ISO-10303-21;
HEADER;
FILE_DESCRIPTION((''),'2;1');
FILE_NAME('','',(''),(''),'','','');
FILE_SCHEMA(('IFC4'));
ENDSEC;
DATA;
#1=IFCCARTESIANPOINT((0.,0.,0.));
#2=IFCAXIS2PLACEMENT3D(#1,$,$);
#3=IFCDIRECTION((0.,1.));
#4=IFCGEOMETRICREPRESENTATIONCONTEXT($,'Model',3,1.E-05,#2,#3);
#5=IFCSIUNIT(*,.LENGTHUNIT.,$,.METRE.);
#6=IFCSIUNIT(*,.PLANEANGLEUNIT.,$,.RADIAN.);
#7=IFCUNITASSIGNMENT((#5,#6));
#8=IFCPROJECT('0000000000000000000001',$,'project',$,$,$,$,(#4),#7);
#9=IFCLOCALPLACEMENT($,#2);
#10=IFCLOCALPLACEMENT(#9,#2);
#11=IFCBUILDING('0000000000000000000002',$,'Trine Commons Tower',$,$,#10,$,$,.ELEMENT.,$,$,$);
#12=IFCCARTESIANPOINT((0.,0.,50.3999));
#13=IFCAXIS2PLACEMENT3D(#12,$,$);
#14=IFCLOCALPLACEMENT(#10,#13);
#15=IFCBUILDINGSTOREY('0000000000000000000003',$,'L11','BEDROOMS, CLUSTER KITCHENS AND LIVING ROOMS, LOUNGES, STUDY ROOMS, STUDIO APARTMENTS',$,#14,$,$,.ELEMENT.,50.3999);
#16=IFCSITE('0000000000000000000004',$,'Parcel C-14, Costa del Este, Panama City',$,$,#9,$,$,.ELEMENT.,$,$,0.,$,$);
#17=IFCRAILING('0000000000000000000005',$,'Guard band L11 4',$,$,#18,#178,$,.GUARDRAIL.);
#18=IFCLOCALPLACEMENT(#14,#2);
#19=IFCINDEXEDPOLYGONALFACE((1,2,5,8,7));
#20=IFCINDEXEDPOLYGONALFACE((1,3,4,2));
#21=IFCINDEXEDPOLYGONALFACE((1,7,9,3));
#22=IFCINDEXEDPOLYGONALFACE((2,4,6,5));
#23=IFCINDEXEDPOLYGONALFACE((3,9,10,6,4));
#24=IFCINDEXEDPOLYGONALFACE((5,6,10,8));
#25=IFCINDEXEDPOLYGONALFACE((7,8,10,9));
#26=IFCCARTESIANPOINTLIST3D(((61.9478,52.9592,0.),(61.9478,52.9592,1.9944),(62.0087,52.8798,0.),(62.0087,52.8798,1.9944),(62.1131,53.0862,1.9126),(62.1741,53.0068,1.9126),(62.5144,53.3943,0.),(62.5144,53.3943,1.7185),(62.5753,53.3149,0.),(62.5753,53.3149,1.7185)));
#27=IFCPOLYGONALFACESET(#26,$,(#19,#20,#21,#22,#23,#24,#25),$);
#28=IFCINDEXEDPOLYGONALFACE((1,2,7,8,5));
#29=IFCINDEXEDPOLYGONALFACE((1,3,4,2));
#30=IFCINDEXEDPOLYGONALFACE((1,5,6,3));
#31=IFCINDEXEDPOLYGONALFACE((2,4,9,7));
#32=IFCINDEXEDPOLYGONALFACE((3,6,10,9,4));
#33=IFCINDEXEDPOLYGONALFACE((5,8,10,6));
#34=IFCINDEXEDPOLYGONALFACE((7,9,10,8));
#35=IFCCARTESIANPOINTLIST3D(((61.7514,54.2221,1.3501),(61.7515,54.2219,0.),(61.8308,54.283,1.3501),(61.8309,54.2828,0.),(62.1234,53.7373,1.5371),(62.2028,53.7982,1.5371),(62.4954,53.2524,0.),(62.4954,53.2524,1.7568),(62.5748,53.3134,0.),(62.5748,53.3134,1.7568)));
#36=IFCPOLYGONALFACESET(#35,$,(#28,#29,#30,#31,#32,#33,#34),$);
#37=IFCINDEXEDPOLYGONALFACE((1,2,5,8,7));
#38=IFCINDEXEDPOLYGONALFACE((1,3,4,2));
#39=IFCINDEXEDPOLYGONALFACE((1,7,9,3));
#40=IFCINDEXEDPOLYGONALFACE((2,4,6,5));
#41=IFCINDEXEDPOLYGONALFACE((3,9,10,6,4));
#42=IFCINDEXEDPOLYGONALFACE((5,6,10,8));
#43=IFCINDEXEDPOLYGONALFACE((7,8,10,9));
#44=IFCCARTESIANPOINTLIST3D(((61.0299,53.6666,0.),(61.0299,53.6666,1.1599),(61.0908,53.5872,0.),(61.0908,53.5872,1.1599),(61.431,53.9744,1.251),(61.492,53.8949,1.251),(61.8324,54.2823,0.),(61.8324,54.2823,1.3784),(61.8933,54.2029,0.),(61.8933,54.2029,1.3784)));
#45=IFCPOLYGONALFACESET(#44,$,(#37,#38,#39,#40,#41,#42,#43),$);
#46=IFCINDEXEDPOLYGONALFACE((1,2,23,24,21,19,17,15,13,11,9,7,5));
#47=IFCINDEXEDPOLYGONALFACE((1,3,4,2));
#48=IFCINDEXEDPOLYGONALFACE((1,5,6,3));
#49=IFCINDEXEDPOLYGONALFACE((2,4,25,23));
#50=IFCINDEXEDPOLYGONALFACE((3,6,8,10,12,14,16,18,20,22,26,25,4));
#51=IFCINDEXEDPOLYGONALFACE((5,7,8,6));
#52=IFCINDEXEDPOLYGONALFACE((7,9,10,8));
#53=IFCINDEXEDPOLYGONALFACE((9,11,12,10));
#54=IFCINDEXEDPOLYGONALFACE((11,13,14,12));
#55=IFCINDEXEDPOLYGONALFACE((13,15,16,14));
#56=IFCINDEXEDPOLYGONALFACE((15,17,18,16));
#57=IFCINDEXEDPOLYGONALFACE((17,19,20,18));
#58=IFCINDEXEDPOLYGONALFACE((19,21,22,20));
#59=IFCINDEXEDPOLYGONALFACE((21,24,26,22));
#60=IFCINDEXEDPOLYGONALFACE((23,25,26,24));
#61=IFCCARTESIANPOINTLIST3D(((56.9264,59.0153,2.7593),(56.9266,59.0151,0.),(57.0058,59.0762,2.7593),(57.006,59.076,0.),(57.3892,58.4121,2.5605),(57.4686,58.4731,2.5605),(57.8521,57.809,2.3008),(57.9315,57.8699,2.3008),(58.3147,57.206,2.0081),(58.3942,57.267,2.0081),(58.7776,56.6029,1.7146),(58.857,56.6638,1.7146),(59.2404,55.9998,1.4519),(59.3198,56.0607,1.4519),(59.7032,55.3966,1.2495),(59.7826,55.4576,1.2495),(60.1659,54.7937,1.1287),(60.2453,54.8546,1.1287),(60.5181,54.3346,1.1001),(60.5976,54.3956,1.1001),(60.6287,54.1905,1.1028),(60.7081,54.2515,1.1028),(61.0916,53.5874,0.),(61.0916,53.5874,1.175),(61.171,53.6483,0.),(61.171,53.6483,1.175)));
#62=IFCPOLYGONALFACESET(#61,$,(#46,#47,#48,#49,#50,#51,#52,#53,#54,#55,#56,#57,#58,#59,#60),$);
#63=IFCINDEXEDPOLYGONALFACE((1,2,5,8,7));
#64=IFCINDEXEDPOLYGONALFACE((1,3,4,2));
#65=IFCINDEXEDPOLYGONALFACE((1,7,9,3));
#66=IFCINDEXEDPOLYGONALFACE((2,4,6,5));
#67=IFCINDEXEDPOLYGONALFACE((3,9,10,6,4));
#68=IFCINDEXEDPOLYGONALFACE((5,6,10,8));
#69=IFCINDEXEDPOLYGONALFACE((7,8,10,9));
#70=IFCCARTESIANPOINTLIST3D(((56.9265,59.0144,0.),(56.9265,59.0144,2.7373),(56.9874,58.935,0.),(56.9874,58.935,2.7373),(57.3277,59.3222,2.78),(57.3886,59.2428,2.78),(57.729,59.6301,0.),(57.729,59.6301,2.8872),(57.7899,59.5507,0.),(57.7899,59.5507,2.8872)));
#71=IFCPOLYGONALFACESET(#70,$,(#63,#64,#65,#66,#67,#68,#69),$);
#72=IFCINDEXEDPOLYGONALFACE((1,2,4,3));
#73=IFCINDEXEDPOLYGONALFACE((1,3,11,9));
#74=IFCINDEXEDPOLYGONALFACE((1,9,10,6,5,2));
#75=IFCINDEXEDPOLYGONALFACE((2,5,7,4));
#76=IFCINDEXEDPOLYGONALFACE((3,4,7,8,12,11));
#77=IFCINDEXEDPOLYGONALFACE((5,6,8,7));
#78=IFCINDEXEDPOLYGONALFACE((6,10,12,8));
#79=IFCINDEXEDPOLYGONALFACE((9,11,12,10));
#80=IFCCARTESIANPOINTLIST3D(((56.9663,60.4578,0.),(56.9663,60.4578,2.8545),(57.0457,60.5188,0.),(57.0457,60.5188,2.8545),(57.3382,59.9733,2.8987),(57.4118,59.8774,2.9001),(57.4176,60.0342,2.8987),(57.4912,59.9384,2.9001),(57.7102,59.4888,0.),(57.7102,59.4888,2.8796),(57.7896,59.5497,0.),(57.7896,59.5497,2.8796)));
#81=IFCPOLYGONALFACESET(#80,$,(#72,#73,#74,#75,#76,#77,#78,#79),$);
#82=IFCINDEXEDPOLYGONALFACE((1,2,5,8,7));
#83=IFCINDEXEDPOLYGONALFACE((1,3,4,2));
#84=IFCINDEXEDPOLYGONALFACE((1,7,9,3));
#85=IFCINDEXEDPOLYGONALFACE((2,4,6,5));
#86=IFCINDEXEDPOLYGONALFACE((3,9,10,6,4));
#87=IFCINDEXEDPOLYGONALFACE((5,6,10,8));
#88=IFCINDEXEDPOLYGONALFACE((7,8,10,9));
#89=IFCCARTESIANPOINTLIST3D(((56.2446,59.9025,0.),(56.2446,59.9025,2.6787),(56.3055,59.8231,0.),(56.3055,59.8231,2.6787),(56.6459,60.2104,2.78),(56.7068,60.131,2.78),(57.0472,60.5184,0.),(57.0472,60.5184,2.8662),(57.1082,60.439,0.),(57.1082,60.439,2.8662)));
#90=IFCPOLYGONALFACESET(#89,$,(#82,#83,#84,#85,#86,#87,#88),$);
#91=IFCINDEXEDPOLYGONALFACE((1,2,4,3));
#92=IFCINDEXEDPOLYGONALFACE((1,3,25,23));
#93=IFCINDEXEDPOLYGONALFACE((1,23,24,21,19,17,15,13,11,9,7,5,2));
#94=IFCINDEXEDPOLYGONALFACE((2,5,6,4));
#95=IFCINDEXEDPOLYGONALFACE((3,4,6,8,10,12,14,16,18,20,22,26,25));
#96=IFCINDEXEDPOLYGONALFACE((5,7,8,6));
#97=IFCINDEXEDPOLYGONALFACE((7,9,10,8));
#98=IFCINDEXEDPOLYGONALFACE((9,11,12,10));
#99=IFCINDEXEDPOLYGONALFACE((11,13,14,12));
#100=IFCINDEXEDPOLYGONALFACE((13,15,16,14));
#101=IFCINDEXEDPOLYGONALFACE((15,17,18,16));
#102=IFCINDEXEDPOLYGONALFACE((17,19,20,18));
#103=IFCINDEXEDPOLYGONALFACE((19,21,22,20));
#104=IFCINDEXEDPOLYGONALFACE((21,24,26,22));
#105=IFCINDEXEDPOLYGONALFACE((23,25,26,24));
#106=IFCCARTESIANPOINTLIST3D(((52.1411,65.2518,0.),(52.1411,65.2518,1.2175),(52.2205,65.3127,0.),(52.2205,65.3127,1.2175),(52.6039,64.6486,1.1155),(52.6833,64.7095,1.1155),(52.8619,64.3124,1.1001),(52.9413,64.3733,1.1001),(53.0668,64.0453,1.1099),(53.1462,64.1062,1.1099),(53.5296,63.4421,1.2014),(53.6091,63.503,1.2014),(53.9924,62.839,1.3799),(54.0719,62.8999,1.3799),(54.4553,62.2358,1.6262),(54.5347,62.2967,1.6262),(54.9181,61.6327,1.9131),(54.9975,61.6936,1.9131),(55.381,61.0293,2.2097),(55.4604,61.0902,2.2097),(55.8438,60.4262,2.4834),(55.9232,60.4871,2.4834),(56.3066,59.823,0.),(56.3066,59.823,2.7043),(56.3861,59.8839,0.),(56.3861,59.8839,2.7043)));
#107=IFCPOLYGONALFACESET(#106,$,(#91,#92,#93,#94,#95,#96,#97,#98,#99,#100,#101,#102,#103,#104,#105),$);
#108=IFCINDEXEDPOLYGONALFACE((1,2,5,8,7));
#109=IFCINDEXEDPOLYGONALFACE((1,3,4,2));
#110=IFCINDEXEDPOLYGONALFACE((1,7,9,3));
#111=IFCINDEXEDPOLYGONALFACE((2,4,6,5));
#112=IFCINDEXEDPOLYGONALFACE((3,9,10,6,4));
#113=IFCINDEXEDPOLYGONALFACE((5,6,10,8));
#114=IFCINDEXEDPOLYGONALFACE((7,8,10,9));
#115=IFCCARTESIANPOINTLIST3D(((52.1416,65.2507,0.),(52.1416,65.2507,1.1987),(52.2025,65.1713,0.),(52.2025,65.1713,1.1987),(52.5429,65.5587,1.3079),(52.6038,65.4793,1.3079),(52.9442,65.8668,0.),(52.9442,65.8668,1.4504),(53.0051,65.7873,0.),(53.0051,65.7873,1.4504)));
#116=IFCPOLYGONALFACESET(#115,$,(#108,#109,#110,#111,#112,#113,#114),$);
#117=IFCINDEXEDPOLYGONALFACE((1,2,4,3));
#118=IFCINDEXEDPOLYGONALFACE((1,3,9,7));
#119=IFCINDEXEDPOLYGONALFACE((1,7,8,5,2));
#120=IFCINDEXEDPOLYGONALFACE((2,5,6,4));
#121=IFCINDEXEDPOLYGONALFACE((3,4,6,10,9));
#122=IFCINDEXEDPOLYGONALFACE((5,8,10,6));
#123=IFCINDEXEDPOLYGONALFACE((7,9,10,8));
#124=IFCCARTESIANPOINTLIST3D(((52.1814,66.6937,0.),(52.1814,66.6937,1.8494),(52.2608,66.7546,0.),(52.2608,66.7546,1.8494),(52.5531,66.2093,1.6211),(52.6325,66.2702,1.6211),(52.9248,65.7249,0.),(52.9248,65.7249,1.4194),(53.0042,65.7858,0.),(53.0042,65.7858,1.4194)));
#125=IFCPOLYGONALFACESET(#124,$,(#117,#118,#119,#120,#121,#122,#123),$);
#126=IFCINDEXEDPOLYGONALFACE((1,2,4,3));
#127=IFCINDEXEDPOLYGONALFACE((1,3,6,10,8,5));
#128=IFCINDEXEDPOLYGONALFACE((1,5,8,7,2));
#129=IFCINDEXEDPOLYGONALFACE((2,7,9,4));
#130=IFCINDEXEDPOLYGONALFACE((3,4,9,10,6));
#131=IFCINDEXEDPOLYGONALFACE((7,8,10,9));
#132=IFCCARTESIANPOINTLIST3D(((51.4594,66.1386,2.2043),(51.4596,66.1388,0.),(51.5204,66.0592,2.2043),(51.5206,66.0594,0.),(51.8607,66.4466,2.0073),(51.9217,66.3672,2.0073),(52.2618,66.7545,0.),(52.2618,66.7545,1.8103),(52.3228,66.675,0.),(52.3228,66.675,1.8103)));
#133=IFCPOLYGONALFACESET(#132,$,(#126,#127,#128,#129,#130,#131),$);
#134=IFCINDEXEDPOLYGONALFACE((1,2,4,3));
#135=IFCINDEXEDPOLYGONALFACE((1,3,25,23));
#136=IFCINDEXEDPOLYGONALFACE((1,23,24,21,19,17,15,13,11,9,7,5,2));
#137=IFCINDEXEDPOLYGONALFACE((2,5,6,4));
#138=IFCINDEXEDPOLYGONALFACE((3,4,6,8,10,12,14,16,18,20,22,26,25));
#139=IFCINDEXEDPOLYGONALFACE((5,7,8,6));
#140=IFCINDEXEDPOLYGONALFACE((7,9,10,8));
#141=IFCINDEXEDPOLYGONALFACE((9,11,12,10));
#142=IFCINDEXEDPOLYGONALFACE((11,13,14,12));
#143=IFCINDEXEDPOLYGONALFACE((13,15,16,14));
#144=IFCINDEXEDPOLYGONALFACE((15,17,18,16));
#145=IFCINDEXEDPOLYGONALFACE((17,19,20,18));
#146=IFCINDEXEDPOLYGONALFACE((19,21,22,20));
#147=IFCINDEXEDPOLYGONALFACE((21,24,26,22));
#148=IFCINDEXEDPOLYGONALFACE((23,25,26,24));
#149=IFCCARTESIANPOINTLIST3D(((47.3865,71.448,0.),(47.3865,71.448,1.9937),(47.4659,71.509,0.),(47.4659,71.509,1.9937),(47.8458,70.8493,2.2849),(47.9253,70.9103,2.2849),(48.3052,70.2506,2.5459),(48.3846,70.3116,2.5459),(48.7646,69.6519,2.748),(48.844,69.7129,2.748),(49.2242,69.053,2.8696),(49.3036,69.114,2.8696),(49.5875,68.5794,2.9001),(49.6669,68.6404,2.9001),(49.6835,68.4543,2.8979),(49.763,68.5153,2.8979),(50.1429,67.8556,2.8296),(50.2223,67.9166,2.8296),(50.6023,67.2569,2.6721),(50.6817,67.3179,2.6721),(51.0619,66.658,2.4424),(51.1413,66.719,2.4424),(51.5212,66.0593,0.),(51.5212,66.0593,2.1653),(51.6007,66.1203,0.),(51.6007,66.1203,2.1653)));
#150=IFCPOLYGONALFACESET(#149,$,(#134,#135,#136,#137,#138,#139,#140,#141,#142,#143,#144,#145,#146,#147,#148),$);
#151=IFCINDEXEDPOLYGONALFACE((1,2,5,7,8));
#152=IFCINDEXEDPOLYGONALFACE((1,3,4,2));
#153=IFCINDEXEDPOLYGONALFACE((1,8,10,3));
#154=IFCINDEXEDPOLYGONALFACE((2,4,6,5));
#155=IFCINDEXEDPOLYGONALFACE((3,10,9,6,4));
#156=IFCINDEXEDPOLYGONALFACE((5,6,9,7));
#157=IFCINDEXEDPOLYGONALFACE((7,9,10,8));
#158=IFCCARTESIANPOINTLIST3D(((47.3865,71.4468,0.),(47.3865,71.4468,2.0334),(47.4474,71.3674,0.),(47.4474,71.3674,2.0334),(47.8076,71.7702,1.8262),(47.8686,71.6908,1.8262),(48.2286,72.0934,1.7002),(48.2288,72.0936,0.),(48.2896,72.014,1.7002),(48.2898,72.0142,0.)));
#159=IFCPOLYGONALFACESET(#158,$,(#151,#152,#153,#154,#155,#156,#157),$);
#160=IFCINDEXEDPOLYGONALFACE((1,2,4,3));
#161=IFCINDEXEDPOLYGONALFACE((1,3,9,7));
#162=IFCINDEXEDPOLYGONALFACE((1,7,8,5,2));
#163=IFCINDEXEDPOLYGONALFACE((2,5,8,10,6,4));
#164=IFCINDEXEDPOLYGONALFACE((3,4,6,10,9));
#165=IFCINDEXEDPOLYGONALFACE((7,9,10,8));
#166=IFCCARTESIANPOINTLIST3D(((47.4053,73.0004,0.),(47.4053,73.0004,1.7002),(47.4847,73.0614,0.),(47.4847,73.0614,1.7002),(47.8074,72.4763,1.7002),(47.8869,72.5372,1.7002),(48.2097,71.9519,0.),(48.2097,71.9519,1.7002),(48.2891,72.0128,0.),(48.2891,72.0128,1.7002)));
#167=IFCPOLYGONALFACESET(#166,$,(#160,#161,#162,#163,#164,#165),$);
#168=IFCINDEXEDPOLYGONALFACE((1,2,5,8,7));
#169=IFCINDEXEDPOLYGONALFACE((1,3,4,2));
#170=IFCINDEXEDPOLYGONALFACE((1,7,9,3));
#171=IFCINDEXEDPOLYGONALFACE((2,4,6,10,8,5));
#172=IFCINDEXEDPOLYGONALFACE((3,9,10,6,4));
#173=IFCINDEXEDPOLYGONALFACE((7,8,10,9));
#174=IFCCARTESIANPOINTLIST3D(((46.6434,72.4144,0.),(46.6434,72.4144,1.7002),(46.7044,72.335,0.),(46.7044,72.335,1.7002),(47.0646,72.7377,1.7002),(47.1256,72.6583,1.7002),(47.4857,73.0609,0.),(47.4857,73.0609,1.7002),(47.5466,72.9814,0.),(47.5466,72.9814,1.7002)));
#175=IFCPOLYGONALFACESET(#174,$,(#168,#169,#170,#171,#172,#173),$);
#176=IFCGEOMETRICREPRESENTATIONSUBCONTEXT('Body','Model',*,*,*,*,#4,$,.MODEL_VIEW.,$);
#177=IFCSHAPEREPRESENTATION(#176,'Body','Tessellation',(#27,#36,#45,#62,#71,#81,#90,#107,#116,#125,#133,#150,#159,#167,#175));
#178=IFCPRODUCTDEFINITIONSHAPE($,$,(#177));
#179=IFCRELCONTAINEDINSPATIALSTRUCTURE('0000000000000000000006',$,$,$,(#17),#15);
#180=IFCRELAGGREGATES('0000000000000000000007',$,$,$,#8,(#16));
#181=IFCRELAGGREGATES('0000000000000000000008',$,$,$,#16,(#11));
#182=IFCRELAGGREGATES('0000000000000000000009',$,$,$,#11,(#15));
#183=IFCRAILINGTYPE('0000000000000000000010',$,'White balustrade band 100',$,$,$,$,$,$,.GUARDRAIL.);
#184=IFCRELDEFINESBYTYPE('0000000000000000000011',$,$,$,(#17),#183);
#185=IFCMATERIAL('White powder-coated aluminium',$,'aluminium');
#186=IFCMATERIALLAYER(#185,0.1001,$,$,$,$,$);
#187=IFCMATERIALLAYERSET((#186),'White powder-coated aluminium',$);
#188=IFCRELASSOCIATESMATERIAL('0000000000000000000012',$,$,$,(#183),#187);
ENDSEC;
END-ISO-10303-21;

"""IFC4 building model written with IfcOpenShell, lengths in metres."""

from ifc_helpers import new_model, si_unit, direction, frame, origin, place, context, subcontext, project, spatial, polyline, outline, extrude, material, layer, layer_set, type_object, element, save


model = new_model("IFC4")

# Units and contexts
model_context = context("Model", 3, precision=1e-05, world=origin(), true_north=direction((0.0, 1.0)))
body_context = subcontext(model_context, "Body", "Model", "MODEL_VIEW")
ifc_project = project(units=[si_unit("LENGTHUNIT", "METRE"), si_unit("PLANEANGLEUNIT", "RADIAN")], contexts=[model_context])

# Site, building, storey
site_placement = place(None, origin())
site = spatial("IfcSite", under=ifc_project, at=site_placement, Name="Parcel C-14, Costa del Este, Panama City", CompositionType="ELEMENT", RefElevation=0.0)
building_placement = place(site_placement, origin())
building = spatial("IfcBuilding", under=site, at=building_placement, Name="Trine Commons Tower", CompositionType="ELEMENT")
storey_placement = place(building_placement, frame((0.0, 0.0, 50.3999)))
storey = spatial("IfcBuildingStorey", under=building, at=storey_placement, Name="L11", Description="BEDROOMS, CLUSTER KITCHENS AND LIVING ROOMS, LOUNGES, STUDY ROOMS, STUDIO APARTMENTS", CompositionType="ELEMENT", Elevation=50.3999)

# Railing
ifc_material_1 = material(Name="White powder-coated aluminium", Category="aluminium")
ifc_layer_1 = layer(ifc_material_1, 0.1001)
ifc_layer_set_1 = layer_set([ifc_layer_1], Name="White powder-coated aluminium")
railing_type = type_object("IfcRailingType", Name="White balustrade band 100", PredefinedType="GUARDRAIL", material=ifc_layer_set_1)
railing_1_placement = place(storey_placement, origin())
element("IfcRailing", 1, at=railing_1_placement, inside=storey, type_object=railing_type, Name="Guard band L11 4", PredefinedType="GUARDRAIL", context=body_context, shape_type="SweptSolid", body=[
    extrude(outline(polyline([(0.0, 0.0), (0.7144, 0.0), (0.7144, 1.7185), (0.7144, 1.7185), (0.2085, 1.9126), (0.0, 1.9944), (0.0, 0.0)])), frame((61.9478, 52.9592, 0.0), z_axis=(0.608984, -0.793183, 0.0), x_axis=(0.793183, 0.608984, 0.0)), (0.0, 0.0, 1.0), 0.1001),
    extrude(outline(polyline([(0.0, 0.0), (1.2219, 0.0), (1.2222, 1.3501), (0.6111, 1.5371), (0.0, 1.7568), (0.0, 0.0)])), frame((62.4954, 53.2524, 0.0), z_axis=(0.793359, 0.608754, 0.0), x_axis=(-0.608754, 0.793359, 0.0)), (0.0, 0.0, 1.0), 0.1001),
    extrude(outline(polyline([(0.0, 0.0), (1.0115, 0.0), (1.0115, 1.1599), (0.5059, 1.251), (0.0, 1.3784), (0.0, 0.0)])), frame((61.8933, 54.2029, 0.0), z_axis=(-0.60873, 0.793377, 0.0), x_axis=(-0.793377, -0.60873, 0.0)), (0.0, 0.0, 1.0), 0.1001),
    extrude(outline(polyline([(0.0, 0.0), (6.8416, 0.0), (6.8418, 2.7593), (6.0815, 2.5605), (5.3213, 2.3008), (4.5613, 2.0081), (3.801, 1.7146), (3.0408, 1.4519), (2.2805, 1.2495), (1.5205, 1.1287), (0.9419, 1.1001), (0.7603, 1.1028), (0.0, 1.175), (0.0, 0.0)])), frame((61.0916, 53.5874, 0.0), z_axis=(0.79334, 0.608779, 0.0), x_axis=(-0.608779, 0.79334, 0.0)), (0.0, 0.0, 1.0), 0.1001),
    extrude(outline(polyline([(0.0, 0.0), (1.0115, 0.0), (1.0115, 2.8872), (0.5056, 2.78), (0.0, 2.7373), (0.0, 0.0)])), frame((56.9265, 59.0144, 0.0), z_axis=(0.60873, -0.793377, 0.0), x_axis=(0.793377, 0.60873, 0.0)), (0.0, 0.0, 1.0), 0.1001),
    extrude(outline(polyline([(0.0, 0.0), (1.2217, 0.0), (1.2217, 2.8545), (0.6108, 2.8987), (0.49, 2.9001), (0.0, 2.8796), (0.0, 0.0)])), frame((57.7102, 59.4888, 0.0), z_axis=(0.793211, 0.608947, 0.0), x_axis=(-0.608947, 0.793211, 0.0)), (0.0, 0.0, 1.0), 0.1001),
    extrude(outline(polyline([(0.0, 0.0), (1.0117, 0.0), (1.0117, 2.6787), (0.5059, 2.78), (0.0, 2.8662), (0.0, 0.0)])), frame((57.1082, 60.439, 0.0), z_axis=(-0.608766, 0.79335, 0.0), x_axis=(-0.79335, -0.608766, 0.0)), (0.0, 0.0, 1.0), 0.1001),
    extrude(outline(polyline([(0.0, 0.0), (6.8428, 0.0), (6.8428, 1.2175), (6.0825, 1.1155), (5.6587, 1.1001), (5.322, 1.1099), (4.5618, 1.2014), (3.8015, 1.3799), (3.0413, 1.6262), (2.281, 1.9131), (1.5205, 2.2097), (0.7603, 2.4834), (0.0, 2.7043), (0.0, 0.0)])), frame((56.3066, 59.823, 0.0), z_axis=(0.793358, 0.608755, 0.0), x_axis=(-0.608755, 0.793358, 0.0)), (0.0, 0.0, 1.0), 0.1001),
    extrude(outline(polyline([(0.0, 0.0), (1.0117, 0.0), (1.0117, 1.4504), (0.5059, 1.3079), (0.0, 1.1987), (0.0, 0.0)])), frame((52.1416, 65.2507, 0.0), z_axis=(0.608882, -0.793261, 0.0), x_axis=(0.793261, 0.608882, 0.0)), (0.0, 0.0, 1.0), 0.1001),
    extrude(outline(polyline([(0.0, 0.0), (1.2212, 0.0), (1.2212, 1.8494), (0.6106, 1.6211), (0.0, 1.4194), (0.0, 0.0)])), frame((52.9248, 65.7249, 0.0), z_axis=(0.79333, 0.608792, 0.0), x_axis=(-0.608792, 0.79333, 0.0)), (0.0, 0.0, 1.0), 0.1001),
    extrude(outline(polyline([(0.0, 0.0), (1.0112, 0.0), (1.0115, 2.2043), (0.5056, 2.0073), (0.0, 1.8103), (0.0, 0.0)])), frame((52.3228, 66.675, 0.0), z_axis=(-0.608847, 0.793288, 0.0), x_axis=(-0.793288, -0.608847, 0.0)), (0.0, 0.0, 1.0), 0.1001),
    extrude(outline(polyline([(0.0, 0.0), (6.7922, 0.0), (6.7922, 1.9937), (6.0376, 2.2849), (5.283, 2.5459), (4.5283, 2.748), (3.7734, 2.8696), (3.1765, 2.9001), (3.0188, 2.8979), (2.2642, 2.8296), (1.5095, 2.6721), (0.7546, 2.4424), (0.0, 2.1653), (0.0, 0.0)])), frame((51.5212, 66.0593, 0.0), z_axis=(0.793361, 0.608751, 0.0), x_axis=(-0.608751, 0.793361, 0.0)), (0.0, 0.0, 1.0), 0.1001),
    extrude(outline(polyline([(0.0, 0.0), (1.062, 0.0), (1.0618, 1.7002), (0.531, 1.8262), (0.0, 2.0334), (0.0, 0.0)])), frame((47.3865, 71.4468, 0.0), z_axis=(0.609011, -0.793162, 0.0), x_axis=(0.793162, 0.609011, 0.0)), (0.0, 0.0, 1.0), 0.1001),
    extrude(outline(polyline([(0.0, 0.0), (1.3215, 0.0), (1.3215, 1.7002), (0.6609, 1.7002), (0.0, 1.7002), (0.0, 0.0)])), frame((48.2097, 71.9519, 0.0), z_axis=(0.793413, 0.608684, 0.0), x_axis=(-0.608684, 0.793413, 0.0)), (0.0, 0.0, 1.0), 0.1001),
    extrude(outline(polyline([(0.0, 0.0), (1.0618, 0.0), (1.0618, 1.7002), (0.5308, 1.7002), (0.0, 1.7002), (0.0, 0.0)])), frame((47.5466, 72.9814, 0.0), z_axis=(-0.608866, 0.793273, 0.0), x_axis=(-0.793273, -0.608866, 0.0)), (0.0, 0.0, 1.0), 0.1001),
])

save(model, "model.ifc")
